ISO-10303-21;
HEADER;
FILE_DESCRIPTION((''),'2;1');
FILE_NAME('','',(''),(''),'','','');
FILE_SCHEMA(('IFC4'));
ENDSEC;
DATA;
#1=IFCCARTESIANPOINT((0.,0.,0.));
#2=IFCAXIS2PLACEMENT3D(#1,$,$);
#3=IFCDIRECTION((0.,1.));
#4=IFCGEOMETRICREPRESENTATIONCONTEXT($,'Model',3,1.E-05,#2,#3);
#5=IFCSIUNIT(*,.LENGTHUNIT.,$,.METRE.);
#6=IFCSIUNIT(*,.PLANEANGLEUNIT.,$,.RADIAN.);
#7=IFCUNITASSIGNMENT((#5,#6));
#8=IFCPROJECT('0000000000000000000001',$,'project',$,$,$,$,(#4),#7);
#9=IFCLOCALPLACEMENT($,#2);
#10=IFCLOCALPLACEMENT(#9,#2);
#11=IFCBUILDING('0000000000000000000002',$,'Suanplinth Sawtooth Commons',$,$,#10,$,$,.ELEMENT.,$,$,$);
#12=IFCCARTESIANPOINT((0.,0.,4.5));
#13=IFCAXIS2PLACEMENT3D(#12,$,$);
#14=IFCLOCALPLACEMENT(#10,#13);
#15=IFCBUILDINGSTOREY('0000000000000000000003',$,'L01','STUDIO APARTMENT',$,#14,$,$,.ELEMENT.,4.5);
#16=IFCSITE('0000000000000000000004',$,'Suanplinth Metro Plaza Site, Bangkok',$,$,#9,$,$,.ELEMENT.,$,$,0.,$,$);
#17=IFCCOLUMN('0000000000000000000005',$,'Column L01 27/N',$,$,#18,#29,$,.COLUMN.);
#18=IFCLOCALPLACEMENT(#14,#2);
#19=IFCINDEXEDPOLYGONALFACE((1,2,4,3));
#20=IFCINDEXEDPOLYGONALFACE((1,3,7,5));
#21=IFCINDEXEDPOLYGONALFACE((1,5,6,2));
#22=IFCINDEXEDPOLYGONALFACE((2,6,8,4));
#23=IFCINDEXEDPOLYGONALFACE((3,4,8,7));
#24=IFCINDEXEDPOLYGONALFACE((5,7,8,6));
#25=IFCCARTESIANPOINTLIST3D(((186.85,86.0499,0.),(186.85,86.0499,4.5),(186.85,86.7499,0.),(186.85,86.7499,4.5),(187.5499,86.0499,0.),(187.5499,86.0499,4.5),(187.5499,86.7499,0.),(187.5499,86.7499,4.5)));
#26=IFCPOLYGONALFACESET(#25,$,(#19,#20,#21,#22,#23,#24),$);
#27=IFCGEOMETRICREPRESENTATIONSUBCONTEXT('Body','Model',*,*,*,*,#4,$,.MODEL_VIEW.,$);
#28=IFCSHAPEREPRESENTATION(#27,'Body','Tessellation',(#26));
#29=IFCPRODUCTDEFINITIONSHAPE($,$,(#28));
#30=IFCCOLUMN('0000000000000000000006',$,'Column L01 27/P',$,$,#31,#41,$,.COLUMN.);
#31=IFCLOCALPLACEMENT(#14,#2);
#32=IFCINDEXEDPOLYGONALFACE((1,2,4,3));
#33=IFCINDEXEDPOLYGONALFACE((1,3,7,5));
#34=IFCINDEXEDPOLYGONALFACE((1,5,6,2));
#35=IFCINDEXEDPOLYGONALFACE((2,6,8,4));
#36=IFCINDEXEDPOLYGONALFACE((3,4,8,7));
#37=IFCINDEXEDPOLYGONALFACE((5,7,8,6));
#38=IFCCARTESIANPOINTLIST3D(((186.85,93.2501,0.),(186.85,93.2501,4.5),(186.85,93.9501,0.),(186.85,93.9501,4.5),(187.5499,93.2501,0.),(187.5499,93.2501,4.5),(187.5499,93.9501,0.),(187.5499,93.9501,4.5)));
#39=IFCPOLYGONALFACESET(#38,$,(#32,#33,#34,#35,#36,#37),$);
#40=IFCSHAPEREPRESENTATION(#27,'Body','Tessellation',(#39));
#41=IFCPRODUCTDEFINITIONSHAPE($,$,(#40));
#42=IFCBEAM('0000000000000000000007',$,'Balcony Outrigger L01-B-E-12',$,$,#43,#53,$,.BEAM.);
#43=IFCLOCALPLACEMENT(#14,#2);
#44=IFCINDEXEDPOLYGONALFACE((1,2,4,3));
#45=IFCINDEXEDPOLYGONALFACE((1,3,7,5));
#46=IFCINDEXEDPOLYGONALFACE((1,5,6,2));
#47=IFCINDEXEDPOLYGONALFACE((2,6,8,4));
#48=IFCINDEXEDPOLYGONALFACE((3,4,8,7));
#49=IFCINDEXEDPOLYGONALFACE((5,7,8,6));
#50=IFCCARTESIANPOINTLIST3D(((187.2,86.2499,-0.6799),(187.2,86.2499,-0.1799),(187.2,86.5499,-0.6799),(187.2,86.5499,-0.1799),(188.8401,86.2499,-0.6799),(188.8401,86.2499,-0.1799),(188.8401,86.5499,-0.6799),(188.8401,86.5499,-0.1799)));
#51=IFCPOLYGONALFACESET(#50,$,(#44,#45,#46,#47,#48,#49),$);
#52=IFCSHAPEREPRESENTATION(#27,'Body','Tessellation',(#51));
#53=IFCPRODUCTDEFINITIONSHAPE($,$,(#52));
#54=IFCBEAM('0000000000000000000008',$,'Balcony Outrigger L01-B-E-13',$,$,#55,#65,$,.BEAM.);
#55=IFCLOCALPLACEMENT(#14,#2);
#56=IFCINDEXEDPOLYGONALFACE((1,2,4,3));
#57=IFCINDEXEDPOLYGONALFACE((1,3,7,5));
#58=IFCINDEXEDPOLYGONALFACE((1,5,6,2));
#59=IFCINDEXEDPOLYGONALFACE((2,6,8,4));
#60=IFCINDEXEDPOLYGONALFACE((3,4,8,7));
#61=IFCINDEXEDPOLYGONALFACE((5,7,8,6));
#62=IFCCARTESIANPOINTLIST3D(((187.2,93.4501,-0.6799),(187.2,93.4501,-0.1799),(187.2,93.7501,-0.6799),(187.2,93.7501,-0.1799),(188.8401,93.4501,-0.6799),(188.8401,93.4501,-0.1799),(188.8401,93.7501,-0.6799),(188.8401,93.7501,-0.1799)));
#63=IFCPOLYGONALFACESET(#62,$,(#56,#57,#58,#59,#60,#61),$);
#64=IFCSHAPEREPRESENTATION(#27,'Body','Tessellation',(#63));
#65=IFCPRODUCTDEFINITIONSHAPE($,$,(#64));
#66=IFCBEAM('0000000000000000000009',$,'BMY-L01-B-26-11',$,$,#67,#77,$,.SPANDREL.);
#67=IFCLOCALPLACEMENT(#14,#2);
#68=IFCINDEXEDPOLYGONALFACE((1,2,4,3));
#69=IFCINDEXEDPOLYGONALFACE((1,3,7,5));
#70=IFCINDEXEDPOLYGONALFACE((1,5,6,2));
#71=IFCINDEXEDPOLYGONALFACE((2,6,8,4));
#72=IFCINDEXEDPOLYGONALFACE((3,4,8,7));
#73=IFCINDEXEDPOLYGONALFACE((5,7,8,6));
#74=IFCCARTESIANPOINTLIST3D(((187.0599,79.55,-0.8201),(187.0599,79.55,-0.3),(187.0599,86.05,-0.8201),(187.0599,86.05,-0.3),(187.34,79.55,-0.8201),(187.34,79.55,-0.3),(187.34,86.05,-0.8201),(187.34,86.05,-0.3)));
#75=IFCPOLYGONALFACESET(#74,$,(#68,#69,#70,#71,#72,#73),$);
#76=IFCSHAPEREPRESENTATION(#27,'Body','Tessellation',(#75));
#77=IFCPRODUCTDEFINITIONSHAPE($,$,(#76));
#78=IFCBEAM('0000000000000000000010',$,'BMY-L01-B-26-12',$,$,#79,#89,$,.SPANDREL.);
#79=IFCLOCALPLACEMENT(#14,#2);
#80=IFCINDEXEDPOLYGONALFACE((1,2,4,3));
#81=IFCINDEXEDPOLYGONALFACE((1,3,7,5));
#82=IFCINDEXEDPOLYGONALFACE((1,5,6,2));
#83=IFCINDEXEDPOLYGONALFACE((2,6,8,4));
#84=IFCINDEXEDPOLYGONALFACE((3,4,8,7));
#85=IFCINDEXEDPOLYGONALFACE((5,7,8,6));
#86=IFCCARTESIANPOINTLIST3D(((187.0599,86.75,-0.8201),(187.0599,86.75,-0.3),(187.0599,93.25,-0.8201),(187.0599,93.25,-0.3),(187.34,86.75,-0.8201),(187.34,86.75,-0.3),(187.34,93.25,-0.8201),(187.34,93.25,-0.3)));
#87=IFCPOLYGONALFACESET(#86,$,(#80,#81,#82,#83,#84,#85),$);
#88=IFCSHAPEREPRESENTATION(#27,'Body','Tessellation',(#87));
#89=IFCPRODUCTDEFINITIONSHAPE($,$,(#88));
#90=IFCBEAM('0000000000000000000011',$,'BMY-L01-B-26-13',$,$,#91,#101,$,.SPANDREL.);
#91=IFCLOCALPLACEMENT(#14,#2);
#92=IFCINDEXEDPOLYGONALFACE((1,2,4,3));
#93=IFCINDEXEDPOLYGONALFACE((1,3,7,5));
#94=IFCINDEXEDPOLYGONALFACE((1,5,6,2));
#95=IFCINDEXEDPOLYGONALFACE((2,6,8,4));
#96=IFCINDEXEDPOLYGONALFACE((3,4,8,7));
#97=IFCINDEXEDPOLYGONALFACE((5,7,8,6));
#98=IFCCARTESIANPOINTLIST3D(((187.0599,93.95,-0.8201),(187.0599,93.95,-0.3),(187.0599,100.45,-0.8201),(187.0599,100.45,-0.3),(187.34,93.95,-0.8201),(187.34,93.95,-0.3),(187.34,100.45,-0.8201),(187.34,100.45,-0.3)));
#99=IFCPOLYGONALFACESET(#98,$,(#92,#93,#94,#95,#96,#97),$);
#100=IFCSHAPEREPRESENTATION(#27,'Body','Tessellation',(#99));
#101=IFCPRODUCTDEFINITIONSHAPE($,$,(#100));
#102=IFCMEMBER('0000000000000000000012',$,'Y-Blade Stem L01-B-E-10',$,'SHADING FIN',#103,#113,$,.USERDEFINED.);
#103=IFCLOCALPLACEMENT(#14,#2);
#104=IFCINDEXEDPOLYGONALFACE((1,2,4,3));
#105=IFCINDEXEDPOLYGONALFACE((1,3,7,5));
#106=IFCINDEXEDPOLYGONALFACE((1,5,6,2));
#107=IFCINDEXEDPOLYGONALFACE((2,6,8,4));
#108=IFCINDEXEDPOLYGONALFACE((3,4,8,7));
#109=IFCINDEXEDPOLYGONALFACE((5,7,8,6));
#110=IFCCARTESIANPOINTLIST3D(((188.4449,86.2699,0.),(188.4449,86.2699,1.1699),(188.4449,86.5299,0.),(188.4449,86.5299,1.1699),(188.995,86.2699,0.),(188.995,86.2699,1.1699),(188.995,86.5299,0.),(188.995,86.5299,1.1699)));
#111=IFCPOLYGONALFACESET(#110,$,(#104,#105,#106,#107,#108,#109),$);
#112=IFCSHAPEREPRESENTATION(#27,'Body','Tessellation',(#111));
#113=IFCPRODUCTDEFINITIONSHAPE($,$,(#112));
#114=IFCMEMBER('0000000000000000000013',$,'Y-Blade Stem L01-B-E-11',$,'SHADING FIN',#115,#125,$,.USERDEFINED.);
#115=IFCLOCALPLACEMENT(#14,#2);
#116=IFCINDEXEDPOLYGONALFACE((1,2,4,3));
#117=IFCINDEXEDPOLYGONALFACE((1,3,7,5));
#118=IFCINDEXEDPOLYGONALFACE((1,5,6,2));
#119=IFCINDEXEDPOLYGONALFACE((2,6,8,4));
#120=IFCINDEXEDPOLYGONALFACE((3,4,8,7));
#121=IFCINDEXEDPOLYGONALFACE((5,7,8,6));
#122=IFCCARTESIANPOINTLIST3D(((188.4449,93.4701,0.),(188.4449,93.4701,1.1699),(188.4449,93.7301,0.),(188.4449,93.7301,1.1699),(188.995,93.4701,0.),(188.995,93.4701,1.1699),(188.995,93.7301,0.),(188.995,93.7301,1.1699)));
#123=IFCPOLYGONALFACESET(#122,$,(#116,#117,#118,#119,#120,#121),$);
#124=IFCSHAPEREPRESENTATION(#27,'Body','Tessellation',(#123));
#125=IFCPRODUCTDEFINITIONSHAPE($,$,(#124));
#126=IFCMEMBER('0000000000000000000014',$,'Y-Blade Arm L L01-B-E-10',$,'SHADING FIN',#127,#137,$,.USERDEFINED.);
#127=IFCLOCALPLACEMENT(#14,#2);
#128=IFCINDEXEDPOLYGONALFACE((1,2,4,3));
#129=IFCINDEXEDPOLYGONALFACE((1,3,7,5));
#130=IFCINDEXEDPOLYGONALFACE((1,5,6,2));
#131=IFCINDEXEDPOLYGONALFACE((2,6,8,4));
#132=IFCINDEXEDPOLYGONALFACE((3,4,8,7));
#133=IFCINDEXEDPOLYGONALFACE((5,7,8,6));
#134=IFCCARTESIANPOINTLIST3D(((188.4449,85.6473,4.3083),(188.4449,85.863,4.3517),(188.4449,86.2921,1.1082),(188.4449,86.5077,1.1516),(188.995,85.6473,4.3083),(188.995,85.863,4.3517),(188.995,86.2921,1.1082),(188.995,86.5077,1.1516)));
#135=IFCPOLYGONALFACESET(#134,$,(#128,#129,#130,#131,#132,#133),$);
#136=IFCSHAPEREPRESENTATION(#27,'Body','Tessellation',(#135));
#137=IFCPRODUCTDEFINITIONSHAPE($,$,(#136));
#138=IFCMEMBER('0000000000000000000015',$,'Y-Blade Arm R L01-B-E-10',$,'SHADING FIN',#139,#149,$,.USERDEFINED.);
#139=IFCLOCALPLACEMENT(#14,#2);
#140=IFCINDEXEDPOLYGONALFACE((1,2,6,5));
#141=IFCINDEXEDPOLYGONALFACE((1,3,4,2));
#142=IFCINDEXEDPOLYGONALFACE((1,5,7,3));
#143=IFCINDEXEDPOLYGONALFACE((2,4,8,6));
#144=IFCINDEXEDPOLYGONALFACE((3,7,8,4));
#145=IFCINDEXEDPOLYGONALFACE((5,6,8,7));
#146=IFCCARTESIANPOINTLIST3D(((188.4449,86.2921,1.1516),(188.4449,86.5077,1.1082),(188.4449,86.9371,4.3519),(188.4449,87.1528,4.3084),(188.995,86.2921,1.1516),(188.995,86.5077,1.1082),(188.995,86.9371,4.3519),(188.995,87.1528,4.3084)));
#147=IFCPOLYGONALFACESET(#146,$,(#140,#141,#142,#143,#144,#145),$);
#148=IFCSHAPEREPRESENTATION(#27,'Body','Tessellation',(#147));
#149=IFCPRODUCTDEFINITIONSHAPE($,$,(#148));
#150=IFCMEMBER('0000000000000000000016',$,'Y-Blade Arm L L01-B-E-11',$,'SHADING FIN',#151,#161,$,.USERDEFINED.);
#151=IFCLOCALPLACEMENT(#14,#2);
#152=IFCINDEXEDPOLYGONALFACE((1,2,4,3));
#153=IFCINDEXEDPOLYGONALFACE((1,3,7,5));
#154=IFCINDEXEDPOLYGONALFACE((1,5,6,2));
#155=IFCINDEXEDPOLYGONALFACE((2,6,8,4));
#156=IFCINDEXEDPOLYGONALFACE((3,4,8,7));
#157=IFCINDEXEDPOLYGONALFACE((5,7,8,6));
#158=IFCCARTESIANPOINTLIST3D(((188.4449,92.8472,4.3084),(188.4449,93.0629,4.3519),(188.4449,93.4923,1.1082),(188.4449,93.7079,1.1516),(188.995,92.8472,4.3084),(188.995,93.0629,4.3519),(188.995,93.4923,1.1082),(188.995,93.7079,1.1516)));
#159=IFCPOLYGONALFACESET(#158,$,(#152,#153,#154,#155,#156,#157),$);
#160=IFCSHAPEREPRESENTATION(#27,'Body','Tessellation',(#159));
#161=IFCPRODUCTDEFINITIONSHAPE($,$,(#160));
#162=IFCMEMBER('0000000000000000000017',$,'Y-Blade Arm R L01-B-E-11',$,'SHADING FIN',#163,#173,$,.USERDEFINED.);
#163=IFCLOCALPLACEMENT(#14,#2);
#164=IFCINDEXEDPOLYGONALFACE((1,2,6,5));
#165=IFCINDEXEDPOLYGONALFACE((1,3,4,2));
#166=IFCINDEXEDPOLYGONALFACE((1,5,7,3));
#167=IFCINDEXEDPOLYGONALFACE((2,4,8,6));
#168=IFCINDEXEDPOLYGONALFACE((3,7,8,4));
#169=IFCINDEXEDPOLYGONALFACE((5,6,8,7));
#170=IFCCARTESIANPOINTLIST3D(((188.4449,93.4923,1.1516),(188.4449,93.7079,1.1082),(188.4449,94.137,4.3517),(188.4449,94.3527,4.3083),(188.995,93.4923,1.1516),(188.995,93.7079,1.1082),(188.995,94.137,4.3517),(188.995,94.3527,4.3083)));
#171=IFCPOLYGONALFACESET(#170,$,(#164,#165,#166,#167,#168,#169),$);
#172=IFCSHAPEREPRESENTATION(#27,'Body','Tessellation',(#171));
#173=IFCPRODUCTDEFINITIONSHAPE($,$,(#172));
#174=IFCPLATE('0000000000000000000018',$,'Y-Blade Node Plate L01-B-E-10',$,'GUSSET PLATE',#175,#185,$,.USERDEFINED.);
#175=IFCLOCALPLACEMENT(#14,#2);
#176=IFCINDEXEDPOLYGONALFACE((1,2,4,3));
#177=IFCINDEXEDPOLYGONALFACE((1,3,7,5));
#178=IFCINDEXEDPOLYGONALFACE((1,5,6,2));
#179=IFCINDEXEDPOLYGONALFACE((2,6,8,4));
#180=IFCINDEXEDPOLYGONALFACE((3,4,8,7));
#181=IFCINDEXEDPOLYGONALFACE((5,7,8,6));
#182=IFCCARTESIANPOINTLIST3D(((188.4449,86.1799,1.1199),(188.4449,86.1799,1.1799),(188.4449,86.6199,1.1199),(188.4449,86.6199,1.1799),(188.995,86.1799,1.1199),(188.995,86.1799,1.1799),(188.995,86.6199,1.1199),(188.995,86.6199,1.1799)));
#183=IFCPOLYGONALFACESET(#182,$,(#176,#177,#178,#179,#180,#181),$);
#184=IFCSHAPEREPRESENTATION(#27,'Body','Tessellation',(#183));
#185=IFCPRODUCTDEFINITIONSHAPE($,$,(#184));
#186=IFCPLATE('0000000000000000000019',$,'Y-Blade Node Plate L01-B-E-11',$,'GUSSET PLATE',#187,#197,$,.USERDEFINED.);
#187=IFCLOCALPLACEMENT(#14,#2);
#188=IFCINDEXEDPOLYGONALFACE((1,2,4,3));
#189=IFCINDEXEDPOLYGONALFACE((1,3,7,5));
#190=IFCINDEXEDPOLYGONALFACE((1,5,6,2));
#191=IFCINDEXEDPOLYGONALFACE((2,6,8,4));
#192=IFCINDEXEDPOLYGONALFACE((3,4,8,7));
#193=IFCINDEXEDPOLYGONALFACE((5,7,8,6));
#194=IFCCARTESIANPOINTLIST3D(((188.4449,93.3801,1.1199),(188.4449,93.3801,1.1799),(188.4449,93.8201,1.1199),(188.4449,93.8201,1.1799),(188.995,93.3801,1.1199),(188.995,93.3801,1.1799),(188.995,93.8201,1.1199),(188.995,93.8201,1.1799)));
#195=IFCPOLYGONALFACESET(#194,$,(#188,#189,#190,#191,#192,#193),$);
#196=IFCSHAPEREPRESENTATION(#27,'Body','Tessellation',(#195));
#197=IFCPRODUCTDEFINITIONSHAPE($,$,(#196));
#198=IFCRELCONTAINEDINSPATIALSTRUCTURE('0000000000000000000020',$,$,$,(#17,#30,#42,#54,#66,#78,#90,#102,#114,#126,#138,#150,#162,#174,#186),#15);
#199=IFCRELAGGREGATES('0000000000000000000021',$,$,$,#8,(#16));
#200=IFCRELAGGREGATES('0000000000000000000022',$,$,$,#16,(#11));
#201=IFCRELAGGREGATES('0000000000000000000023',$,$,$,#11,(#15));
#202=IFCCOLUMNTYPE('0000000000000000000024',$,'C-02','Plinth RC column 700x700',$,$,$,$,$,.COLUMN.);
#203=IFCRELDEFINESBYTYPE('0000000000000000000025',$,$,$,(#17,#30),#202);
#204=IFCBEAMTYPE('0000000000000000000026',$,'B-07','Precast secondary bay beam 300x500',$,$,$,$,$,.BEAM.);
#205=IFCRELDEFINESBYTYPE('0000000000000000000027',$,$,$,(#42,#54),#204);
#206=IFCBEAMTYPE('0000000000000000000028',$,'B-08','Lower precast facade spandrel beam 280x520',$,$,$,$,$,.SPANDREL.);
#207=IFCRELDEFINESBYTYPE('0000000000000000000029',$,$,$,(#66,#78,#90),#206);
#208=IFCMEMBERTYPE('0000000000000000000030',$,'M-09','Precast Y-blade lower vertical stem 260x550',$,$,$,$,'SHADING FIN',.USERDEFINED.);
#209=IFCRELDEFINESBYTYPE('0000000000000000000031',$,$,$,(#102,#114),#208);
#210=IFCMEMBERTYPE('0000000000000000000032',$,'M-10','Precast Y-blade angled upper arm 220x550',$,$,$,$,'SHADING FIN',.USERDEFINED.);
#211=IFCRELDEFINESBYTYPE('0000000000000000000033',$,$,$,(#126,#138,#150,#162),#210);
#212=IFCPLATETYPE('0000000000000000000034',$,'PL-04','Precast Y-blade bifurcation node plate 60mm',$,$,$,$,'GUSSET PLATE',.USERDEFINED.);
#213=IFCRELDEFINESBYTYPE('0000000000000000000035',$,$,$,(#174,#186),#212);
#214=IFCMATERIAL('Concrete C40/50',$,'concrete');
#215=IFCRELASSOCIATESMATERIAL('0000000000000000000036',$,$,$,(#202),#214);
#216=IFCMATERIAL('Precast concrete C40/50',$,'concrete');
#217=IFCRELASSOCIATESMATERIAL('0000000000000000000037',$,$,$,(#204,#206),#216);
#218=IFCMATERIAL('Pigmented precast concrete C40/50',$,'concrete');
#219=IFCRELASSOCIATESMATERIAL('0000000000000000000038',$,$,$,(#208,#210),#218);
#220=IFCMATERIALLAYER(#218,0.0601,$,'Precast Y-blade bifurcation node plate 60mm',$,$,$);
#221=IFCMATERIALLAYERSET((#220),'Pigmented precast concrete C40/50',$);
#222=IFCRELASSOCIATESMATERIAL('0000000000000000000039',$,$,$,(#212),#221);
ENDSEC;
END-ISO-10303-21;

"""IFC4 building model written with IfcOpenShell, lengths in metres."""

from ifc_helpers import new_model, si_unit, direction, frame, origin, origin_2d, place, context, subcontext, project, spatial, rectangle, extrude, material, layer, layer_set, material_profile, profile_set, type_object, element, save


model = new_model("IFC4")

# Units and contexts
model_context = context("Model", 3, precision=1e-05, world=origin(), true_north=direction((0.0, 1.0)))
body_context = subcontext(model_context, "Body", "Model", "MODEL_VIEW")
ifc_project = project(units=[si_unit("LENGTHUNIT", "METRE"), si_unit("PLANEANGLEUNIT", "RADIAN")], contexts=[model_context])

# Site, building, storey
site_placement = place(None, origin())
site = spatial("IfcSite", under=ifc_project, at=site_placement, Name="Suanplinth Metro Plaza Site, Bangkok", CompositionType="ELEMENT", RefElevation=0.0)
building_placement = place(site_placement, origin())
building = spatial("IfcBuilding", under=site, at=building_placement, Name="Suanplinth Sawtooth Commons", CompositionType="ELEMENT")
storey_placement = place(building_placement, frame((0.0, 0.0, 4.5)))
storey = spatial("IfcBuildingStorey", under=building, at=storey_placement, Name="L01", Description="STUDIO APARTMENT", CompositionType="ELEMENT", Elevation=4.5)

# Columns
ifc_material_1 = material(Name="Concrete C40/50", Category="concrete")
ifc_material_profile_1 = material_profile(ifc_material_1, rectangle(XDim=0.7, YDim=0.7, at=origin_2d()), Name="RC-COL 700x700")
ifc_profile_set_1 = profile_set([ifc_material_profile_1], Name="Concrete C40/50")
column_type = type_object("IfcColumnType", Name="C-02", Description="Plinth RC column 700x700", PredefinedType="COLUMN", material=ifc_profile_set_1)
for number, where, z_axis, x_axis, name in (
    (1, (187.2, 86.3999, 0.0), (0.0, 0.0, 1.0), (1.0, 0.0, 0.0), "Column L01 27/N"),
    (2, (187.2, 93.6001, 0.0), (0.0, 0.0, 1.0), (1.0, 0.0, 0.0), "Column L01 27/P"),
):
    element("IfcColumn", number, at=place(storey_placement, frame(where, z_axis=z_axis, x_axis=x_axis)), inside=storey, type_object=column_type, Name=name, PredefinedType="COLUMN", context=body_context, shape_type="SweptSolid", body=[
        extrude(rectangle(XDim=0.7, YDim=0.7, at=origin_2d()), origin(), (0.0, 0.0, 1.0), 4.5),
    ])

# Beams
ifc_material_2 = material(Name="Precast concrete C40/50", Category="concrete")
ifc_material_profile_2 = material_profile(ifc_material_2, rectangle(XDim=0.3, YDim=0.5, at=origin_2d()), Name="PC-BM 300x500")
ifc_profile_set_2 = profile_set([ifc_material_profile_2], Name="Precast concrete C40/50")
beam_type_1 = type_object("IfcBeamType", Name="B-07", Description="Precast secondary bay beam 300x500", PredefinedType="BEAM", material=ifc_profile_set_2)
for number, where, z_axis, x_axis, name in (
    (3, (187.2, 86.3999, -0.4299), (1.0, 0.0, 0.0), (0.0, 1.0, 0.0), "Balcony Outrigger L01-B-E-12"),
    (4, (187.2, 93.6001, -0.4299), (1.0, 0.0, 0.0), (0.0, 1.0, 0.0), "Balcony Outrigger L01-B-E-13"),
):
    element("IfcBeam", number, at=place(storey_placement, frame(where, z_axis=z_axis, x_axis=x_axis)), inside=storey, type_object=beam_type_1, Name=name, PredefinedType="BEAM", context=body_context, shape_type="SweptSolid", body=[
        extrude(rectangle(XDim=0.3, YDim=0.5, at=origin_2d()), origin(), (0.0, 0.0, 1.0), 1.6401),
    ])
ifc_material_profile_3 = material_profile(ifc_material_2, rectangle(XDim=0.28, YDim=0.52, at=origin_2d()), Name="PC-SP 280x520")
ifc_profile_set_3 = profile_set([ifc_material_profile_3], Name="Precast concrete C40/50")
beam_type_2 = type_object("IfcBeamType", Name="B-08", Description="Lower precast facade spandrel beam 280x520", PredefinedType="SPANDREL", material=ifc_profile_set_3)
for number, where, z_axis, x_axis, name in (
    (5, (187.2, 79.55, -0.5601), (0.0, 1.0, 0.0), (-1.0, 0.0, 0.0), "BMY-L01-B-26-11"),
    (6, (187.2, 86.75, -0.5601), (0.0, 1.0, 0.0), (-1.0, 0.0, 0.0), "BMY-L01-B-26-12"),
    (7, (187.2, 93.95, -0.5601), (0.0, 1.0, 0.0), (-1.0, 0.0, 0.0), "BMY-L01-B-26-13"),
):
    element("IfcBeam", number, at=place(storey_placement, frame(where, z_axis=z_axis, x_axis=x_axis)), inside=storey, type_object=beam_type_2, Name=name, PredefinedType="SPANDREL", context=body_context, shape_type="SweptSolid", body=[
        extrude(rectangle(XDim=0.28, YDim=0.52, at=origin_2d()), origin(), (0.0, 0.0, 1.0), 6.5),
    ])

# Members
ifc_material_3 = material(Name="Pigmented precast concrete C40/50", Category="concrete")
ifc_material_profile_4 = material_profile(ifc_material_3, rectangle(XDim=0.26, YDim=0.55, at=origin_2d()), Name="PC-FIN 260x550")
ifc_profile_set_4 = profile_set([ifc_material_profile_4], Name="Pigmented precast concrete C40/50")
member_type_1 = type_object("IfcMemberType", Name="M-09", Description="Precast Y-blade lower vertical stem 260x550", ElementType="SHADING FIN", PredefinedType="USERDEFINED", material=ifc_profile_set_4)
for number, where, z_axis, x_axis, name in (
    (8, (188.72, 86.3999, 0.0), (0.0, 0.0, 1.0), (0.0, 1.0, 0.0), "Y-Blade Stem L01-B-E-10"),
    (9, (188.72, 93.6001, 0.0), (0.0, 0.0, 1.0), (0.0, 1.0, 0.0), "Y-Blade Stem L01-B-E-11"),
):
    element("IfcMember", number, at=place(storey_placement, frame(where, z_axis=z_axis, x_axis=x_axis)), inside=storey, type_object=member_type_1, Name=name, ObjectType="SHADING FIN", PredefinedType="USERDEFINED", context=body_context, shape_type="SweptSolid", body=[
        extrude(rectangle(XDim=0.26, YDim=0.55, at=origin_2d()), origin(), (0.0, 0.0, 1.0), 1.1699),
    ])
ifc_material_profile_5 = material_profile(ifc_material_3, rectangle(XDim=0.22, YDim=0.55, at=origin_2d()), Name="PC-FIN 220x550")
ifc_profile_set_5 = profile_set([ifc_material_profile_5], Name="Pigmented precast concrete C40/50")
member_type_2 = type_object("IfcMemberType", Name="M-10", Description="Precast Y-blade angled upper arm 220x550", ElementType="SHADING FIN", PredefinedType="USERDEFINED", material=ifc_profile_set_5)
member_1_placement = place(storey_placement, frame((188.72, 86.3999, 1.1299), z_axis=(0.0, -0.197511, 0.980301), x_axis=(0.0, 0.980301, 0.197511)))
element("IfcMember", 10, at=member_1_placement, inside=storey, type_object=member_type_2, Name="Y-Blade Arm L L01-B-E-10", ObjectType="SHADING FIN", PredefinedType="USERDEFINED", context=body_context, shape_type="SweptSolid", body=[
    extrude(rectangle(XDim=0.22, YDim=0.55, at=origin_2d()), origin(), (0.0, 0.0, 1.0), 3.2644),
])
for number, where, z_axis, x_axis, name in (
    (11, (188.72, 86.3999, 1.1299), (0.0, 0.197583, 0.980286), (0.0, -0.980286, 0.197583), "Y-Blade Arm R L01-B-E-10"),
    (12, (188.72, 93.6001, 1.1299), (0.0, -0.197583, 0.980286), (0.0, 0.980286, 0.197583), "Y-Blade Arm L L01-B-E-11"),
):
    element("IfcMember", number, at=place(storey_placement, frame(where, z_axis=z_axis, x_axis=x_axis)), inside=storey, type_object=member_type_2, Name=name, ObjectType="SHADING FIN", PredefinedType="USERDEFINED", context=body_context, shape_type="SweptSolid", body=[
        extrude(rectangle(XDim=0.22, YDim=0.55, at=origin_2d()), origin(), (0.0, 0.0, 1.0), 3.2646),
    ])
member_2_placement = place(storey_placement, frame((188.72, 93.6001, 1.1299), z_axis=(0.0, 0.197511, 0.980301), x_axis=(0.0, -0.980301, 0.197511)))
element("IfcMember", 13, at=member_2_placement, inside=storey, type_object=member_type_2, Name="Y-Blade Arm R L01-B-E-11", ObjectType="SHADING FIN", PredefinedType="USERDEFINED", context=body_context, shape_type="SweptSolid", body=[
    extrude(rectangle(XDim=0.22, YDim=0.55, at=origin_2d()), origin(), (0.0, 0.0, 1.0), 3.2644),
])

# Plates
ifc_layer_1 = layer(ifc_material_3, 0.0601, Name="Precast Y-blade bifurcation node plate 60mm")
ifc_layer_set_1 = layer_set([ifc_layer_1], Name="Pigmented precast concrete C40/50")
plate_type = type_object("IfcPlateType", Name="PL-04", Description="Precast Y-blade bifurcation node plate 60mm", ElementType="GUSSET PLATE", PredefinedType="USERDEFINED", material=ifc_layer_set_1)
for number, where, z_axis, x_axis, name in (
    (14, (188.72, 86.3999, 1.1199), (0.0, 0.0, 1.0), (0.0, 1.0, 0.0), "Y-Blade Node Plate L01-B-E-10"),
    (15, (188.72, 93.6001, 1.1199), (0.0, 0.0, 1.0), (0.0, 1.0, 0.0), "Y-Blade Node Plate L01-B-E-11"),
):
    element("IfcPlate", number, at=place(storey_placement, frame(where, z_axis=z_axis, x_axis=x_axis)), inside=storey, type_object=plate_type, Name=name, ObjectType="GUSSET PLATE", PredefinedType="USERDEFINED", context=body_context, shape_type="SweptSolid", body=[
        extrude(rectangle(XDim=0.4399, YDim=0.55, at=origin_2d()), origin(), (0.0, 0.0, 1.0), 0.0601),
    ])

save(model, "model.ifc")
